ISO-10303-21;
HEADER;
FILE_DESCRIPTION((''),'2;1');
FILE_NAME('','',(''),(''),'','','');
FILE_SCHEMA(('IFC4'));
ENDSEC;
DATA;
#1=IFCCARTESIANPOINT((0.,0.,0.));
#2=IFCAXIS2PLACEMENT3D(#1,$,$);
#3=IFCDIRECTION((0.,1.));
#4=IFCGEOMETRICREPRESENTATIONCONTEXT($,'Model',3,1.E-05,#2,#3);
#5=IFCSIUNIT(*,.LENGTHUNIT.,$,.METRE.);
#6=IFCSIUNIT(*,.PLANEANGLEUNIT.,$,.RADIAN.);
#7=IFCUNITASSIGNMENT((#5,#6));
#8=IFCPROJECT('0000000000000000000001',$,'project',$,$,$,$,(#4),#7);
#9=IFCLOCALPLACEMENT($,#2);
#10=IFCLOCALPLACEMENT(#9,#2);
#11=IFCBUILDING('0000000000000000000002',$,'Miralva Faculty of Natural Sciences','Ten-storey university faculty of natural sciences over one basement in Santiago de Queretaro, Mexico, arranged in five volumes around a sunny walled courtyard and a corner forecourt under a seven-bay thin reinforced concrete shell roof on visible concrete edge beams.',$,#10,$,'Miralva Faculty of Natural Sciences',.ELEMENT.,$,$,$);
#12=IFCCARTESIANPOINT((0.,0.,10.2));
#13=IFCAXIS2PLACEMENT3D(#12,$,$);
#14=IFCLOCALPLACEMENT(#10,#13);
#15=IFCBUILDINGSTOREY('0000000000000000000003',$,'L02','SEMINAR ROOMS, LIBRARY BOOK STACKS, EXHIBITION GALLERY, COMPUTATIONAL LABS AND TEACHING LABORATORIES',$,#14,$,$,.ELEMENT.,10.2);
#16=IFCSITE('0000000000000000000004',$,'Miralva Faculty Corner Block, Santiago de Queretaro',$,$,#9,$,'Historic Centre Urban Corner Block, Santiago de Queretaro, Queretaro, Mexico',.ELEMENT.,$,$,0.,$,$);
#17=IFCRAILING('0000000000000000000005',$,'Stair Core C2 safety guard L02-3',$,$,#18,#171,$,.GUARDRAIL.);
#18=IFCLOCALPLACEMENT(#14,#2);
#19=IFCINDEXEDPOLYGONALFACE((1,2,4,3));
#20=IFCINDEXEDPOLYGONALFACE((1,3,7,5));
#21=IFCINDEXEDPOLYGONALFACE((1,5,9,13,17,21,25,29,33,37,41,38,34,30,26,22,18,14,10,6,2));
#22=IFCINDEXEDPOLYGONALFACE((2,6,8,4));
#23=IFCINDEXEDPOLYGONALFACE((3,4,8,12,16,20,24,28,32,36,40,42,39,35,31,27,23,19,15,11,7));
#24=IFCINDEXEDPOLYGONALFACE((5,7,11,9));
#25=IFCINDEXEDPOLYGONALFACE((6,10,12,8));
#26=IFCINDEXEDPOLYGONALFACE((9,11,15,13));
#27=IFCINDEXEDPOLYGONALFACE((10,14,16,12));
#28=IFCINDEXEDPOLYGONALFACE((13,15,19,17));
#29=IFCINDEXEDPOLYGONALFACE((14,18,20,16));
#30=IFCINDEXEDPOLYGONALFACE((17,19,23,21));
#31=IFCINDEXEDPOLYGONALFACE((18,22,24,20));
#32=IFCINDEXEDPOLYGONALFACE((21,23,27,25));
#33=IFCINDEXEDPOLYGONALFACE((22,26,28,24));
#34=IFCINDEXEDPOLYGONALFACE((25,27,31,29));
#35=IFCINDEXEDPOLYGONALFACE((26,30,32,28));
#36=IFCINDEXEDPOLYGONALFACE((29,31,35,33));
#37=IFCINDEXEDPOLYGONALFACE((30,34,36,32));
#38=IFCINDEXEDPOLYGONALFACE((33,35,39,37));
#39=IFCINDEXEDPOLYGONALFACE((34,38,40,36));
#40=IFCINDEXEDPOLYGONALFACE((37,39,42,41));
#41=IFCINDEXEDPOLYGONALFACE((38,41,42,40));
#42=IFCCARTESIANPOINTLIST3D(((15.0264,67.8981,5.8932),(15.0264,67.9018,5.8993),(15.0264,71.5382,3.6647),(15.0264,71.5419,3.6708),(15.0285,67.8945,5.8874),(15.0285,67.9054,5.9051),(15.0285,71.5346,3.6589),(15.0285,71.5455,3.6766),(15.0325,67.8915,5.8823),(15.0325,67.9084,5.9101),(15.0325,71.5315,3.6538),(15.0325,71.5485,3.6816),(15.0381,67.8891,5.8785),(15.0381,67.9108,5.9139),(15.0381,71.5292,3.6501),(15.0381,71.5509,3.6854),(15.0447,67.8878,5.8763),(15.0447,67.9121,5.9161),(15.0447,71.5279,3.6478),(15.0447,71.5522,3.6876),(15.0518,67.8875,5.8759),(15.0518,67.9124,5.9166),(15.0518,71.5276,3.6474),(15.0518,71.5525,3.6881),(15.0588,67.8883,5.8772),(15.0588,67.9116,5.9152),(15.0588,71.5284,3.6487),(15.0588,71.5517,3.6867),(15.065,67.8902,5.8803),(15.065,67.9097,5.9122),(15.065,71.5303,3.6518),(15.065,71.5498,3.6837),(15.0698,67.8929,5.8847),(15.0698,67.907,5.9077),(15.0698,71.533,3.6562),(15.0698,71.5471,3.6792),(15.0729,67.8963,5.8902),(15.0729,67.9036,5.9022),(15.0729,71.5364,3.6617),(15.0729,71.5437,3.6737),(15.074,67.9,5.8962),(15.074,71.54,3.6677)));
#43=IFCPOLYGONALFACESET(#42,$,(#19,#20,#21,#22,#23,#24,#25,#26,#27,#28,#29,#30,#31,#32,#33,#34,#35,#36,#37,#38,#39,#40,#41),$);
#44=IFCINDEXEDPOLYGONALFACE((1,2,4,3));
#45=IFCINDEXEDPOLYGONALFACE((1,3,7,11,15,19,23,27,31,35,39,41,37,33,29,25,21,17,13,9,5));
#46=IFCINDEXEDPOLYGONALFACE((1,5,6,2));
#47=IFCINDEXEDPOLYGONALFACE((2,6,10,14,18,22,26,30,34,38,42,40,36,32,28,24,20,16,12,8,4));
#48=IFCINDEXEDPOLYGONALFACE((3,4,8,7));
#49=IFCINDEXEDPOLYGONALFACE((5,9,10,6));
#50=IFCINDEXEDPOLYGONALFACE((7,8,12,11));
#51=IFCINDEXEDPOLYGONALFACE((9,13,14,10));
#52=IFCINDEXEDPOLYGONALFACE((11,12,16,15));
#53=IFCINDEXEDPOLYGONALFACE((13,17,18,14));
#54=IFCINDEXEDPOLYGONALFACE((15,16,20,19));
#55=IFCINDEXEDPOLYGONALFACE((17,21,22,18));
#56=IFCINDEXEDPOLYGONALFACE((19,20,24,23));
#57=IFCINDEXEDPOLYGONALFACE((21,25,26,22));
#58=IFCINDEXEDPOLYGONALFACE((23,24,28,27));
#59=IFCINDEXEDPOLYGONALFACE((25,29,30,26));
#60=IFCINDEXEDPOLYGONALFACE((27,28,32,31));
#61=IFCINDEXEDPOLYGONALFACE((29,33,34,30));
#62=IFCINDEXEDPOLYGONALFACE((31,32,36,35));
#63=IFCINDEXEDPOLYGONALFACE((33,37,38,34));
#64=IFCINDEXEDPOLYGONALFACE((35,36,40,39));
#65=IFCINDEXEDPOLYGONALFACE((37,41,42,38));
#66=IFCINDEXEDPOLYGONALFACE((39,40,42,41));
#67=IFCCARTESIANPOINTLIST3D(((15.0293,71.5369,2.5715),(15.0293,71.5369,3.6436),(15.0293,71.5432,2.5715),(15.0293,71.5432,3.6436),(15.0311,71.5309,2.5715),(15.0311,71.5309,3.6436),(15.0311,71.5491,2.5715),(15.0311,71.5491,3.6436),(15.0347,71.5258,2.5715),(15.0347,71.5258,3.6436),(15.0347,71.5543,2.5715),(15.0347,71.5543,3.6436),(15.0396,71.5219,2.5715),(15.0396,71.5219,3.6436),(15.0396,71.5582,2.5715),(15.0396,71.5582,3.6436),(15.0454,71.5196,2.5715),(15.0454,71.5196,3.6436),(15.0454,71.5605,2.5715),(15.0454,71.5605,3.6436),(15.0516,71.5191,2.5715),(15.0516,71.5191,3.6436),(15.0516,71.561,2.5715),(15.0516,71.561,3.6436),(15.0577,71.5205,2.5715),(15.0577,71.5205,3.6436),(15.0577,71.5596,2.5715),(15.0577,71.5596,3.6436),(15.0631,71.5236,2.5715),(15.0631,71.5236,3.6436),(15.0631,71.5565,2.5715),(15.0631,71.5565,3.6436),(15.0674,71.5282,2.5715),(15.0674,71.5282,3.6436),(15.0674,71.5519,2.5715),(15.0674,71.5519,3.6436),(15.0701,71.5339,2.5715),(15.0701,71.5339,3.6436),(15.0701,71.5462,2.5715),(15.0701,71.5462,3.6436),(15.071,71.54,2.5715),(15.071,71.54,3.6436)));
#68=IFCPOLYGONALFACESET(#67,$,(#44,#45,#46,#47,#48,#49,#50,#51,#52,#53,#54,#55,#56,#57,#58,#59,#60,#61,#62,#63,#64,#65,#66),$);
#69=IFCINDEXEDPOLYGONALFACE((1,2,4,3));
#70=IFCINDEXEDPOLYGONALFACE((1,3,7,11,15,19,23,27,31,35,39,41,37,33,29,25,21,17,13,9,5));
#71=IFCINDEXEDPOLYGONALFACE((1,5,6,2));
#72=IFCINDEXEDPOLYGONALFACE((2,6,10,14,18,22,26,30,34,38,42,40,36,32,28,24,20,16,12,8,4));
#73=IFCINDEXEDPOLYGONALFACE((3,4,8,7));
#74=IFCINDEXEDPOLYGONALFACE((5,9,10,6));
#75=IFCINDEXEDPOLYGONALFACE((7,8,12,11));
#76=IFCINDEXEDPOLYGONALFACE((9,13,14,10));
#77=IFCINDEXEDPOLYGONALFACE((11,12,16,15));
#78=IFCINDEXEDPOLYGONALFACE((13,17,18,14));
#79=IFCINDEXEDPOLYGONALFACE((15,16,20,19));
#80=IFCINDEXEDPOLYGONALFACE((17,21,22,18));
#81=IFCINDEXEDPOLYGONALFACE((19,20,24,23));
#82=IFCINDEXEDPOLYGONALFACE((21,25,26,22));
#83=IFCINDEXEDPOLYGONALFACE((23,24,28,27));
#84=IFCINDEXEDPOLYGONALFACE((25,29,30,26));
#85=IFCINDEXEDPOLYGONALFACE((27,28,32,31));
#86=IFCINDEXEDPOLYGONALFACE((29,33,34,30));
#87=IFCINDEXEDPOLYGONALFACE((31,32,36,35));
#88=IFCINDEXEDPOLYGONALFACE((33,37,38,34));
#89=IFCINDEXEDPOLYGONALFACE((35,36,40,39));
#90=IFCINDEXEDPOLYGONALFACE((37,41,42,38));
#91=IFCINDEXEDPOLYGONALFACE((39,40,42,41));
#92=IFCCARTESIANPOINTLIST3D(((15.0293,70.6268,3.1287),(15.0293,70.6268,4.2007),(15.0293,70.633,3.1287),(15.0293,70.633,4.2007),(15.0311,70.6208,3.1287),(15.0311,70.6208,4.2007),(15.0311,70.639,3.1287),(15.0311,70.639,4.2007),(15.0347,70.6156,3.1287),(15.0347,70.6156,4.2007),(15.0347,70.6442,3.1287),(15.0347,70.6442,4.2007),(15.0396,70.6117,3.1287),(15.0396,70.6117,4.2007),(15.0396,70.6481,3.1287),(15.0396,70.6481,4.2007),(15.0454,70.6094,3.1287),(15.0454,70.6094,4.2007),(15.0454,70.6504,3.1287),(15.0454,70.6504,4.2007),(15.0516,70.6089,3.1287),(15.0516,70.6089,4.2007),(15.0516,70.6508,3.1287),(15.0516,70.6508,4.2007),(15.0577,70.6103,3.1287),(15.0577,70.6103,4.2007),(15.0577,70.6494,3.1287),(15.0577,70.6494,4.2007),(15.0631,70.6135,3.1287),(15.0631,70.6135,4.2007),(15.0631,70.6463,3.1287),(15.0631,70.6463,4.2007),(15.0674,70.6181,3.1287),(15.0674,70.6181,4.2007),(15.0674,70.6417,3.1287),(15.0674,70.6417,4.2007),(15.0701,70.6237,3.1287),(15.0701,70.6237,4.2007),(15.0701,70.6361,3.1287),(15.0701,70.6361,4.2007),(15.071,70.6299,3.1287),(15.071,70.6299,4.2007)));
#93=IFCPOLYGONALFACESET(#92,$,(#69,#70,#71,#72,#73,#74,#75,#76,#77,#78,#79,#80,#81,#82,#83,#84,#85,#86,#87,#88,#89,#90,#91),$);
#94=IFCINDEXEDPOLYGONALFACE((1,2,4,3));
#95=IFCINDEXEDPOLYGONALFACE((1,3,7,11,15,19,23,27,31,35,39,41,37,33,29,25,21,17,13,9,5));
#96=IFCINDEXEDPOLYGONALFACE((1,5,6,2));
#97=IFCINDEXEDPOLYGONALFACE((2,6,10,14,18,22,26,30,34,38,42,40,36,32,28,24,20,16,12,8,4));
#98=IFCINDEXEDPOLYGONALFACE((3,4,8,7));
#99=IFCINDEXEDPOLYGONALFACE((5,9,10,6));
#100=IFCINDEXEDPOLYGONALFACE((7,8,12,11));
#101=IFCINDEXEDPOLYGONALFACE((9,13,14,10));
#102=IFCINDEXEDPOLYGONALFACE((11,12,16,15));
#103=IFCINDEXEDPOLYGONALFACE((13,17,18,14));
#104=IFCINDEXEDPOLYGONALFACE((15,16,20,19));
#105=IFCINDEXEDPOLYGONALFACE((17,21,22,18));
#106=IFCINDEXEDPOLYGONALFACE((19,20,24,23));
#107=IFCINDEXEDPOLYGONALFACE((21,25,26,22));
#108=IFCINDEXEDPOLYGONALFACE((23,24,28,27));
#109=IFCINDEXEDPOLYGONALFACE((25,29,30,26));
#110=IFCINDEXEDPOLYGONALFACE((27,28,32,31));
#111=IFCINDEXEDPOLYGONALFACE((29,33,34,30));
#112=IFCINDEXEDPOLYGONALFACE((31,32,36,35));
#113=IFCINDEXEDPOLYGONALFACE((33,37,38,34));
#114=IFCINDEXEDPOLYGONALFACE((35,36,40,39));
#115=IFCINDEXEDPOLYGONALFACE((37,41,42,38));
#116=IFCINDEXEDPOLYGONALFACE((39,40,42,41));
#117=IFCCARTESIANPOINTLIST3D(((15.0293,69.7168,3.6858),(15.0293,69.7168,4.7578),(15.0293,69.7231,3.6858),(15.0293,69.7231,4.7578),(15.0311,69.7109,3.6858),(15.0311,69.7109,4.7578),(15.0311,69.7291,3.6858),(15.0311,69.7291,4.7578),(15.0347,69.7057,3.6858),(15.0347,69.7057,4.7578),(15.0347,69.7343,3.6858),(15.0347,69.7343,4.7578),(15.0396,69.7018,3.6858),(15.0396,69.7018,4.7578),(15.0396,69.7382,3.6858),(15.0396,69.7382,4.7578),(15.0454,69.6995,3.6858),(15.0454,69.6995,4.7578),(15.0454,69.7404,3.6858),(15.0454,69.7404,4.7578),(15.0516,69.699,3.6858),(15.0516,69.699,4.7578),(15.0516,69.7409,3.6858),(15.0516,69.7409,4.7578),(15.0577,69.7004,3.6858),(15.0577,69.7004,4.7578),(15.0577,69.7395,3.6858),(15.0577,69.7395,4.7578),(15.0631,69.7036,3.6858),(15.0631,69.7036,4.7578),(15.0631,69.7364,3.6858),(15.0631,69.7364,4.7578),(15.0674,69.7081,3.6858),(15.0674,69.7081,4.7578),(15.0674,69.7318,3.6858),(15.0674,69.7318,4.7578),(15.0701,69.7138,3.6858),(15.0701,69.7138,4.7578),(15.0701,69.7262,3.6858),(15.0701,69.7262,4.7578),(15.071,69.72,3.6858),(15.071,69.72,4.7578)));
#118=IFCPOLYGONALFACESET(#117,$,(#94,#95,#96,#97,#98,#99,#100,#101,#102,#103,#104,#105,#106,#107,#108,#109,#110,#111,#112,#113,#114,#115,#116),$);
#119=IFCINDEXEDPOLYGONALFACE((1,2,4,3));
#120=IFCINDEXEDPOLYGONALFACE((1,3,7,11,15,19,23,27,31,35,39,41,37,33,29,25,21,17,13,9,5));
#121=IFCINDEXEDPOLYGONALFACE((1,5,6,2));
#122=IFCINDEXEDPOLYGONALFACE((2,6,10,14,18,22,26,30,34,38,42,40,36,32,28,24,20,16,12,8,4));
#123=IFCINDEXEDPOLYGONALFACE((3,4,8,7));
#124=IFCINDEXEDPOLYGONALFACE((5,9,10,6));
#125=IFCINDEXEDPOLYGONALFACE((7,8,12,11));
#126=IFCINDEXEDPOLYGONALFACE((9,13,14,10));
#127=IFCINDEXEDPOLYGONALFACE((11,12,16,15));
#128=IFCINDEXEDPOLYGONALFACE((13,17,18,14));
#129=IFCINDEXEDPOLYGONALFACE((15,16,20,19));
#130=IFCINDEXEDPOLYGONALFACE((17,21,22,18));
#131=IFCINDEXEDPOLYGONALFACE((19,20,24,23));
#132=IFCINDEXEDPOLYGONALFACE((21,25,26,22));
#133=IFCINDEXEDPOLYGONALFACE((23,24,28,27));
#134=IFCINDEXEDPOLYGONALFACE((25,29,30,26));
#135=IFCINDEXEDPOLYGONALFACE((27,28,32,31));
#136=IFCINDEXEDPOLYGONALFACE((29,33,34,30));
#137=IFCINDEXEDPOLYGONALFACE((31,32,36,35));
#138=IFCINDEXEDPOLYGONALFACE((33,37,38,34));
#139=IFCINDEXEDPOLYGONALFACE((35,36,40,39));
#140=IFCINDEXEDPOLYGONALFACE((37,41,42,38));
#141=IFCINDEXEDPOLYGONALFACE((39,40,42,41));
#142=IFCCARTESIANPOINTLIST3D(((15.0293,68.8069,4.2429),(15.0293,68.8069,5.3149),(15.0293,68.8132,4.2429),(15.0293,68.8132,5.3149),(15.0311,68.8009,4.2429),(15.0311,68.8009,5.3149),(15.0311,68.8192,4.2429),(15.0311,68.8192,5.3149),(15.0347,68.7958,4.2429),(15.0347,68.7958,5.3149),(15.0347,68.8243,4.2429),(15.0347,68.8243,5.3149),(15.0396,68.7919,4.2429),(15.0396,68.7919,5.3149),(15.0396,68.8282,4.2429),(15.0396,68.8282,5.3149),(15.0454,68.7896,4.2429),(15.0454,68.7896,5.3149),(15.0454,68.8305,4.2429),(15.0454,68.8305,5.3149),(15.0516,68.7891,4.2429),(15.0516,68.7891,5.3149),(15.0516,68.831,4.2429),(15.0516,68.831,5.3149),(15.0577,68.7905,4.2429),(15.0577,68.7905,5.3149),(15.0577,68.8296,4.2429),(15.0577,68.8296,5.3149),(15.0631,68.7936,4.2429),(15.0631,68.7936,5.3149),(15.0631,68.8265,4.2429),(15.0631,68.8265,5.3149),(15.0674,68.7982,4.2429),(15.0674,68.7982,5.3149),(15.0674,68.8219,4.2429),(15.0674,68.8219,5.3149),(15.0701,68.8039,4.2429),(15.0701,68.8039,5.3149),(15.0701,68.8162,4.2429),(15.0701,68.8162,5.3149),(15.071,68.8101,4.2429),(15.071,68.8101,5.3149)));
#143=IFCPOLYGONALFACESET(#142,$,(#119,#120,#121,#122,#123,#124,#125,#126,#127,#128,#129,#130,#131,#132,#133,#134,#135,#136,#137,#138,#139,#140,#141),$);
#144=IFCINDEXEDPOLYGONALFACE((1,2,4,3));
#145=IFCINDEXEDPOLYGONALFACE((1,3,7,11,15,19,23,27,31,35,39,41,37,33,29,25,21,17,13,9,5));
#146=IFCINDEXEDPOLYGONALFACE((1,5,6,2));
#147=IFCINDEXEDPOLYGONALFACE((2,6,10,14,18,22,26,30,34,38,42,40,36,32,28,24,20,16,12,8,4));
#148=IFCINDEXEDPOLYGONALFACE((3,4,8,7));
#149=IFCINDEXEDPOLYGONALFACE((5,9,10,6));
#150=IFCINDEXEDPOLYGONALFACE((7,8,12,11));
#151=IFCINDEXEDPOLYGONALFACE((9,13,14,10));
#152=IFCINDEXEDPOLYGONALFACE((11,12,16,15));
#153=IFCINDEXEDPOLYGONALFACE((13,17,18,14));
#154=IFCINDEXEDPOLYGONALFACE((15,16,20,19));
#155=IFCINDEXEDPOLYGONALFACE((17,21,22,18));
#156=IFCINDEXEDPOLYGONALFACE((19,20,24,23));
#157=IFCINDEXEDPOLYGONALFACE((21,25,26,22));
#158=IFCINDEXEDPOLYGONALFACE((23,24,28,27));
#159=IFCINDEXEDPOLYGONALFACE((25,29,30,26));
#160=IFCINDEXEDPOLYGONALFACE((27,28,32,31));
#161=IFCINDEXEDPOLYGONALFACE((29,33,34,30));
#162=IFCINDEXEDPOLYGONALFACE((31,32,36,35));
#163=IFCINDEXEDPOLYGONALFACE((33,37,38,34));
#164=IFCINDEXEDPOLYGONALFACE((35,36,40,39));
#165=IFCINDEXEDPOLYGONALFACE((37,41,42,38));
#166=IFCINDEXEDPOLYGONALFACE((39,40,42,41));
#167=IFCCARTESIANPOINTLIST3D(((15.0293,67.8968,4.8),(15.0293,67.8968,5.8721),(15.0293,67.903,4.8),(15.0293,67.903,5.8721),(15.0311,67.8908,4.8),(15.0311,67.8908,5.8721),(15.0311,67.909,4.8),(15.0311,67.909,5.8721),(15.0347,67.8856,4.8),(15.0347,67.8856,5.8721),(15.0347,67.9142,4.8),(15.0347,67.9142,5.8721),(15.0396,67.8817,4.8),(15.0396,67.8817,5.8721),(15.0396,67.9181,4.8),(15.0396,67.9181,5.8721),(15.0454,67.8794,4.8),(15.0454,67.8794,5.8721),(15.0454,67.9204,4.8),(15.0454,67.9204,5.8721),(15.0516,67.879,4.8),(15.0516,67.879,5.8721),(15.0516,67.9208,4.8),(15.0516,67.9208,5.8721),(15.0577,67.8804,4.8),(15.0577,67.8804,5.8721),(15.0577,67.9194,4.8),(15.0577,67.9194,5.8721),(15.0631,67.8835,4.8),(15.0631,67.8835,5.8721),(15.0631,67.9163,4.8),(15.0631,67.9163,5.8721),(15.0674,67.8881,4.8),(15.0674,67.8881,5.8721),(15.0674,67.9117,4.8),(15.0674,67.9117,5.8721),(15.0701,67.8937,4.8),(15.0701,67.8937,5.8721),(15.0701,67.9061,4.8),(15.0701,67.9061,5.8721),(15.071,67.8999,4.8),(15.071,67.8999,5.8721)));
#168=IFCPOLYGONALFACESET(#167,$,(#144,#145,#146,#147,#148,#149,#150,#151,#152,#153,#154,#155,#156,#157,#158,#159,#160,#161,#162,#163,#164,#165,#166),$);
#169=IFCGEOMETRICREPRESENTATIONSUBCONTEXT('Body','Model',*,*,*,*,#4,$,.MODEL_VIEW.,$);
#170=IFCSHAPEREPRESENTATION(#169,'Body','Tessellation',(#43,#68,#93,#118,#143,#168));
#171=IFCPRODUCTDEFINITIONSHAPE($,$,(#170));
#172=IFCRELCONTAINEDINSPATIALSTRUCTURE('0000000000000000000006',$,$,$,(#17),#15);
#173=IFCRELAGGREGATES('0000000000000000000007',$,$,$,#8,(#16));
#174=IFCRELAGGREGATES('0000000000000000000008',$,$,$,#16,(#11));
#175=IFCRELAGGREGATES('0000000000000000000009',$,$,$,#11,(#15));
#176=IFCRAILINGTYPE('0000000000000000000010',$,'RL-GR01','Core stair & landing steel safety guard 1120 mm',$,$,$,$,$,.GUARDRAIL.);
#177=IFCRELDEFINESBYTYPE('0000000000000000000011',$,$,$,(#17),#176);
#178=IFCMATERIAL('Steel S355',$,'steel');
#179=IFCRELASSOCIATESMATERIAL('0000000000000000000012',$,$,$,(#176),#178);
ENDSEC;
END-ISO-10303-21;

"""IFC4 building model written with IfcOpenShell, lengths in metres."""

from ifc_helpers import new_model, si_unit, direction, frame, origin, origin_2d, place, context, subcontext, project, spatial, circle, extrude, material, type_object, element, save


model = new_model("IFC4")

# Units and contexts
model_context = context("Model", 3, precision=1e-05, world=origin(), true_north=direction((0.0, 1.0)))
body_context = subcontext(model_context, "Body", "Model", "MODEL_VIEW")
ifc_project = project(units=[si_unit("LENGTHUNIT", "METRE"), si_unit("PLANEANGLEUNIT", "RADIAN")], contexts=[model_context])

# Site, building, storey
site_placement = place(None, origin())
site = spatial("IfcSite", under=ifc_project, at=site_placement, Name="Miralva Faculty Corner Block, Santiago de Queretaro", LongName="Historic Centre Urban Corner Block, Santiago de Queretaro, Queretaro, Mexico", CompositionType="ELEMENT", RefElevation=0.0)
building_placement = place(site_placement, origin())
building = spatial("IfcBuilding", under=site, at=building_placement, Name="Miralva Faculty of Natural Sciences", Description="Ten-storey university faculty of natural sciences over one basement in Santiago de Queretaro, Mexico, arranged in five volumes around a sunny walled courtyard and a corner forecourt under a seven-bay thin reinforced concrete shell roof on visible concrete edge beams.", LongName="Miralva Faculty of Natural Sciences", CompositionType="ELEMENT")
storey_placement = place(building_placement, frame((0.0, 0.0, 10.2)))
storey = spatial("IfcBuildingStorey", under=building, at=storey_placement, Name="L02", Description="SEMINAR ROOMS, LIBRARY BOOK STACKS, EXHIBITION GALLERY, COMPUTATIONAL LABS AND TEACHING LABORATORIES", CompositionType="ELEMENT", Elevation=10.2)

# Railing
ifc_material_1 = material(Name="Steel S355", Category="steel")
railing_type_1 = type_object("IfcRailingType", Name="RL-GR01", Description="Core stair & landing steel safety guard 1120 mm", PredefinedType="GUARDRAIL", material=ifc_material_1)
railing_1_placement = place(storey_placement, frame((15.05, 71.54, 2.5715)))
element("IfcRailing", 1, at=railing_1_placement, inside=storey, type_object=railing_type_1, Name="Stair Core C2 safety guard L02-3", PredefinedType="GUARDRAIL", context=body_context, shape_type="SweptSolid", body=[
    extrude(circle(Radius=0.0239, at=origin_2d()), frame((0.0, 0.0, 1.0962), z_axis=(0.0, -0.852866, 0.52213), x_axis=(1.0, 0.0, 0.0)), (0.0, 0.0, 1.0), 4.2681),
    extrude(circle(Radius=0.021, at=origin_2d()), origin(), (0.0, 0.0, 1.0), 1.072),
    extrude(circle(Radius=0.021, at=origin_2d()), frame((0.0, -0.9102, 0.5571)), (0.0, 0.0, 1.0), 1.072),
    extrude(circle(Radius=0.021, at=origin_2d()), frame((0.0, -1.8201, 1.1143)), (0.0, 0.0, 1.0), 1.072),
    extrude(circle(Radius=0.021, at=origin_2d()), frame((0.0, -2.73, 1.6714)), (0.0, 0.0, 1.0), 1.072),
    extrude(circle(Radius=0.021, at=origin_2d()), frame((0.0, -3.6401, 2.2285)), (0.0, 0.0, 1.0), 1.072),
])

save(model, "model.ifc")
